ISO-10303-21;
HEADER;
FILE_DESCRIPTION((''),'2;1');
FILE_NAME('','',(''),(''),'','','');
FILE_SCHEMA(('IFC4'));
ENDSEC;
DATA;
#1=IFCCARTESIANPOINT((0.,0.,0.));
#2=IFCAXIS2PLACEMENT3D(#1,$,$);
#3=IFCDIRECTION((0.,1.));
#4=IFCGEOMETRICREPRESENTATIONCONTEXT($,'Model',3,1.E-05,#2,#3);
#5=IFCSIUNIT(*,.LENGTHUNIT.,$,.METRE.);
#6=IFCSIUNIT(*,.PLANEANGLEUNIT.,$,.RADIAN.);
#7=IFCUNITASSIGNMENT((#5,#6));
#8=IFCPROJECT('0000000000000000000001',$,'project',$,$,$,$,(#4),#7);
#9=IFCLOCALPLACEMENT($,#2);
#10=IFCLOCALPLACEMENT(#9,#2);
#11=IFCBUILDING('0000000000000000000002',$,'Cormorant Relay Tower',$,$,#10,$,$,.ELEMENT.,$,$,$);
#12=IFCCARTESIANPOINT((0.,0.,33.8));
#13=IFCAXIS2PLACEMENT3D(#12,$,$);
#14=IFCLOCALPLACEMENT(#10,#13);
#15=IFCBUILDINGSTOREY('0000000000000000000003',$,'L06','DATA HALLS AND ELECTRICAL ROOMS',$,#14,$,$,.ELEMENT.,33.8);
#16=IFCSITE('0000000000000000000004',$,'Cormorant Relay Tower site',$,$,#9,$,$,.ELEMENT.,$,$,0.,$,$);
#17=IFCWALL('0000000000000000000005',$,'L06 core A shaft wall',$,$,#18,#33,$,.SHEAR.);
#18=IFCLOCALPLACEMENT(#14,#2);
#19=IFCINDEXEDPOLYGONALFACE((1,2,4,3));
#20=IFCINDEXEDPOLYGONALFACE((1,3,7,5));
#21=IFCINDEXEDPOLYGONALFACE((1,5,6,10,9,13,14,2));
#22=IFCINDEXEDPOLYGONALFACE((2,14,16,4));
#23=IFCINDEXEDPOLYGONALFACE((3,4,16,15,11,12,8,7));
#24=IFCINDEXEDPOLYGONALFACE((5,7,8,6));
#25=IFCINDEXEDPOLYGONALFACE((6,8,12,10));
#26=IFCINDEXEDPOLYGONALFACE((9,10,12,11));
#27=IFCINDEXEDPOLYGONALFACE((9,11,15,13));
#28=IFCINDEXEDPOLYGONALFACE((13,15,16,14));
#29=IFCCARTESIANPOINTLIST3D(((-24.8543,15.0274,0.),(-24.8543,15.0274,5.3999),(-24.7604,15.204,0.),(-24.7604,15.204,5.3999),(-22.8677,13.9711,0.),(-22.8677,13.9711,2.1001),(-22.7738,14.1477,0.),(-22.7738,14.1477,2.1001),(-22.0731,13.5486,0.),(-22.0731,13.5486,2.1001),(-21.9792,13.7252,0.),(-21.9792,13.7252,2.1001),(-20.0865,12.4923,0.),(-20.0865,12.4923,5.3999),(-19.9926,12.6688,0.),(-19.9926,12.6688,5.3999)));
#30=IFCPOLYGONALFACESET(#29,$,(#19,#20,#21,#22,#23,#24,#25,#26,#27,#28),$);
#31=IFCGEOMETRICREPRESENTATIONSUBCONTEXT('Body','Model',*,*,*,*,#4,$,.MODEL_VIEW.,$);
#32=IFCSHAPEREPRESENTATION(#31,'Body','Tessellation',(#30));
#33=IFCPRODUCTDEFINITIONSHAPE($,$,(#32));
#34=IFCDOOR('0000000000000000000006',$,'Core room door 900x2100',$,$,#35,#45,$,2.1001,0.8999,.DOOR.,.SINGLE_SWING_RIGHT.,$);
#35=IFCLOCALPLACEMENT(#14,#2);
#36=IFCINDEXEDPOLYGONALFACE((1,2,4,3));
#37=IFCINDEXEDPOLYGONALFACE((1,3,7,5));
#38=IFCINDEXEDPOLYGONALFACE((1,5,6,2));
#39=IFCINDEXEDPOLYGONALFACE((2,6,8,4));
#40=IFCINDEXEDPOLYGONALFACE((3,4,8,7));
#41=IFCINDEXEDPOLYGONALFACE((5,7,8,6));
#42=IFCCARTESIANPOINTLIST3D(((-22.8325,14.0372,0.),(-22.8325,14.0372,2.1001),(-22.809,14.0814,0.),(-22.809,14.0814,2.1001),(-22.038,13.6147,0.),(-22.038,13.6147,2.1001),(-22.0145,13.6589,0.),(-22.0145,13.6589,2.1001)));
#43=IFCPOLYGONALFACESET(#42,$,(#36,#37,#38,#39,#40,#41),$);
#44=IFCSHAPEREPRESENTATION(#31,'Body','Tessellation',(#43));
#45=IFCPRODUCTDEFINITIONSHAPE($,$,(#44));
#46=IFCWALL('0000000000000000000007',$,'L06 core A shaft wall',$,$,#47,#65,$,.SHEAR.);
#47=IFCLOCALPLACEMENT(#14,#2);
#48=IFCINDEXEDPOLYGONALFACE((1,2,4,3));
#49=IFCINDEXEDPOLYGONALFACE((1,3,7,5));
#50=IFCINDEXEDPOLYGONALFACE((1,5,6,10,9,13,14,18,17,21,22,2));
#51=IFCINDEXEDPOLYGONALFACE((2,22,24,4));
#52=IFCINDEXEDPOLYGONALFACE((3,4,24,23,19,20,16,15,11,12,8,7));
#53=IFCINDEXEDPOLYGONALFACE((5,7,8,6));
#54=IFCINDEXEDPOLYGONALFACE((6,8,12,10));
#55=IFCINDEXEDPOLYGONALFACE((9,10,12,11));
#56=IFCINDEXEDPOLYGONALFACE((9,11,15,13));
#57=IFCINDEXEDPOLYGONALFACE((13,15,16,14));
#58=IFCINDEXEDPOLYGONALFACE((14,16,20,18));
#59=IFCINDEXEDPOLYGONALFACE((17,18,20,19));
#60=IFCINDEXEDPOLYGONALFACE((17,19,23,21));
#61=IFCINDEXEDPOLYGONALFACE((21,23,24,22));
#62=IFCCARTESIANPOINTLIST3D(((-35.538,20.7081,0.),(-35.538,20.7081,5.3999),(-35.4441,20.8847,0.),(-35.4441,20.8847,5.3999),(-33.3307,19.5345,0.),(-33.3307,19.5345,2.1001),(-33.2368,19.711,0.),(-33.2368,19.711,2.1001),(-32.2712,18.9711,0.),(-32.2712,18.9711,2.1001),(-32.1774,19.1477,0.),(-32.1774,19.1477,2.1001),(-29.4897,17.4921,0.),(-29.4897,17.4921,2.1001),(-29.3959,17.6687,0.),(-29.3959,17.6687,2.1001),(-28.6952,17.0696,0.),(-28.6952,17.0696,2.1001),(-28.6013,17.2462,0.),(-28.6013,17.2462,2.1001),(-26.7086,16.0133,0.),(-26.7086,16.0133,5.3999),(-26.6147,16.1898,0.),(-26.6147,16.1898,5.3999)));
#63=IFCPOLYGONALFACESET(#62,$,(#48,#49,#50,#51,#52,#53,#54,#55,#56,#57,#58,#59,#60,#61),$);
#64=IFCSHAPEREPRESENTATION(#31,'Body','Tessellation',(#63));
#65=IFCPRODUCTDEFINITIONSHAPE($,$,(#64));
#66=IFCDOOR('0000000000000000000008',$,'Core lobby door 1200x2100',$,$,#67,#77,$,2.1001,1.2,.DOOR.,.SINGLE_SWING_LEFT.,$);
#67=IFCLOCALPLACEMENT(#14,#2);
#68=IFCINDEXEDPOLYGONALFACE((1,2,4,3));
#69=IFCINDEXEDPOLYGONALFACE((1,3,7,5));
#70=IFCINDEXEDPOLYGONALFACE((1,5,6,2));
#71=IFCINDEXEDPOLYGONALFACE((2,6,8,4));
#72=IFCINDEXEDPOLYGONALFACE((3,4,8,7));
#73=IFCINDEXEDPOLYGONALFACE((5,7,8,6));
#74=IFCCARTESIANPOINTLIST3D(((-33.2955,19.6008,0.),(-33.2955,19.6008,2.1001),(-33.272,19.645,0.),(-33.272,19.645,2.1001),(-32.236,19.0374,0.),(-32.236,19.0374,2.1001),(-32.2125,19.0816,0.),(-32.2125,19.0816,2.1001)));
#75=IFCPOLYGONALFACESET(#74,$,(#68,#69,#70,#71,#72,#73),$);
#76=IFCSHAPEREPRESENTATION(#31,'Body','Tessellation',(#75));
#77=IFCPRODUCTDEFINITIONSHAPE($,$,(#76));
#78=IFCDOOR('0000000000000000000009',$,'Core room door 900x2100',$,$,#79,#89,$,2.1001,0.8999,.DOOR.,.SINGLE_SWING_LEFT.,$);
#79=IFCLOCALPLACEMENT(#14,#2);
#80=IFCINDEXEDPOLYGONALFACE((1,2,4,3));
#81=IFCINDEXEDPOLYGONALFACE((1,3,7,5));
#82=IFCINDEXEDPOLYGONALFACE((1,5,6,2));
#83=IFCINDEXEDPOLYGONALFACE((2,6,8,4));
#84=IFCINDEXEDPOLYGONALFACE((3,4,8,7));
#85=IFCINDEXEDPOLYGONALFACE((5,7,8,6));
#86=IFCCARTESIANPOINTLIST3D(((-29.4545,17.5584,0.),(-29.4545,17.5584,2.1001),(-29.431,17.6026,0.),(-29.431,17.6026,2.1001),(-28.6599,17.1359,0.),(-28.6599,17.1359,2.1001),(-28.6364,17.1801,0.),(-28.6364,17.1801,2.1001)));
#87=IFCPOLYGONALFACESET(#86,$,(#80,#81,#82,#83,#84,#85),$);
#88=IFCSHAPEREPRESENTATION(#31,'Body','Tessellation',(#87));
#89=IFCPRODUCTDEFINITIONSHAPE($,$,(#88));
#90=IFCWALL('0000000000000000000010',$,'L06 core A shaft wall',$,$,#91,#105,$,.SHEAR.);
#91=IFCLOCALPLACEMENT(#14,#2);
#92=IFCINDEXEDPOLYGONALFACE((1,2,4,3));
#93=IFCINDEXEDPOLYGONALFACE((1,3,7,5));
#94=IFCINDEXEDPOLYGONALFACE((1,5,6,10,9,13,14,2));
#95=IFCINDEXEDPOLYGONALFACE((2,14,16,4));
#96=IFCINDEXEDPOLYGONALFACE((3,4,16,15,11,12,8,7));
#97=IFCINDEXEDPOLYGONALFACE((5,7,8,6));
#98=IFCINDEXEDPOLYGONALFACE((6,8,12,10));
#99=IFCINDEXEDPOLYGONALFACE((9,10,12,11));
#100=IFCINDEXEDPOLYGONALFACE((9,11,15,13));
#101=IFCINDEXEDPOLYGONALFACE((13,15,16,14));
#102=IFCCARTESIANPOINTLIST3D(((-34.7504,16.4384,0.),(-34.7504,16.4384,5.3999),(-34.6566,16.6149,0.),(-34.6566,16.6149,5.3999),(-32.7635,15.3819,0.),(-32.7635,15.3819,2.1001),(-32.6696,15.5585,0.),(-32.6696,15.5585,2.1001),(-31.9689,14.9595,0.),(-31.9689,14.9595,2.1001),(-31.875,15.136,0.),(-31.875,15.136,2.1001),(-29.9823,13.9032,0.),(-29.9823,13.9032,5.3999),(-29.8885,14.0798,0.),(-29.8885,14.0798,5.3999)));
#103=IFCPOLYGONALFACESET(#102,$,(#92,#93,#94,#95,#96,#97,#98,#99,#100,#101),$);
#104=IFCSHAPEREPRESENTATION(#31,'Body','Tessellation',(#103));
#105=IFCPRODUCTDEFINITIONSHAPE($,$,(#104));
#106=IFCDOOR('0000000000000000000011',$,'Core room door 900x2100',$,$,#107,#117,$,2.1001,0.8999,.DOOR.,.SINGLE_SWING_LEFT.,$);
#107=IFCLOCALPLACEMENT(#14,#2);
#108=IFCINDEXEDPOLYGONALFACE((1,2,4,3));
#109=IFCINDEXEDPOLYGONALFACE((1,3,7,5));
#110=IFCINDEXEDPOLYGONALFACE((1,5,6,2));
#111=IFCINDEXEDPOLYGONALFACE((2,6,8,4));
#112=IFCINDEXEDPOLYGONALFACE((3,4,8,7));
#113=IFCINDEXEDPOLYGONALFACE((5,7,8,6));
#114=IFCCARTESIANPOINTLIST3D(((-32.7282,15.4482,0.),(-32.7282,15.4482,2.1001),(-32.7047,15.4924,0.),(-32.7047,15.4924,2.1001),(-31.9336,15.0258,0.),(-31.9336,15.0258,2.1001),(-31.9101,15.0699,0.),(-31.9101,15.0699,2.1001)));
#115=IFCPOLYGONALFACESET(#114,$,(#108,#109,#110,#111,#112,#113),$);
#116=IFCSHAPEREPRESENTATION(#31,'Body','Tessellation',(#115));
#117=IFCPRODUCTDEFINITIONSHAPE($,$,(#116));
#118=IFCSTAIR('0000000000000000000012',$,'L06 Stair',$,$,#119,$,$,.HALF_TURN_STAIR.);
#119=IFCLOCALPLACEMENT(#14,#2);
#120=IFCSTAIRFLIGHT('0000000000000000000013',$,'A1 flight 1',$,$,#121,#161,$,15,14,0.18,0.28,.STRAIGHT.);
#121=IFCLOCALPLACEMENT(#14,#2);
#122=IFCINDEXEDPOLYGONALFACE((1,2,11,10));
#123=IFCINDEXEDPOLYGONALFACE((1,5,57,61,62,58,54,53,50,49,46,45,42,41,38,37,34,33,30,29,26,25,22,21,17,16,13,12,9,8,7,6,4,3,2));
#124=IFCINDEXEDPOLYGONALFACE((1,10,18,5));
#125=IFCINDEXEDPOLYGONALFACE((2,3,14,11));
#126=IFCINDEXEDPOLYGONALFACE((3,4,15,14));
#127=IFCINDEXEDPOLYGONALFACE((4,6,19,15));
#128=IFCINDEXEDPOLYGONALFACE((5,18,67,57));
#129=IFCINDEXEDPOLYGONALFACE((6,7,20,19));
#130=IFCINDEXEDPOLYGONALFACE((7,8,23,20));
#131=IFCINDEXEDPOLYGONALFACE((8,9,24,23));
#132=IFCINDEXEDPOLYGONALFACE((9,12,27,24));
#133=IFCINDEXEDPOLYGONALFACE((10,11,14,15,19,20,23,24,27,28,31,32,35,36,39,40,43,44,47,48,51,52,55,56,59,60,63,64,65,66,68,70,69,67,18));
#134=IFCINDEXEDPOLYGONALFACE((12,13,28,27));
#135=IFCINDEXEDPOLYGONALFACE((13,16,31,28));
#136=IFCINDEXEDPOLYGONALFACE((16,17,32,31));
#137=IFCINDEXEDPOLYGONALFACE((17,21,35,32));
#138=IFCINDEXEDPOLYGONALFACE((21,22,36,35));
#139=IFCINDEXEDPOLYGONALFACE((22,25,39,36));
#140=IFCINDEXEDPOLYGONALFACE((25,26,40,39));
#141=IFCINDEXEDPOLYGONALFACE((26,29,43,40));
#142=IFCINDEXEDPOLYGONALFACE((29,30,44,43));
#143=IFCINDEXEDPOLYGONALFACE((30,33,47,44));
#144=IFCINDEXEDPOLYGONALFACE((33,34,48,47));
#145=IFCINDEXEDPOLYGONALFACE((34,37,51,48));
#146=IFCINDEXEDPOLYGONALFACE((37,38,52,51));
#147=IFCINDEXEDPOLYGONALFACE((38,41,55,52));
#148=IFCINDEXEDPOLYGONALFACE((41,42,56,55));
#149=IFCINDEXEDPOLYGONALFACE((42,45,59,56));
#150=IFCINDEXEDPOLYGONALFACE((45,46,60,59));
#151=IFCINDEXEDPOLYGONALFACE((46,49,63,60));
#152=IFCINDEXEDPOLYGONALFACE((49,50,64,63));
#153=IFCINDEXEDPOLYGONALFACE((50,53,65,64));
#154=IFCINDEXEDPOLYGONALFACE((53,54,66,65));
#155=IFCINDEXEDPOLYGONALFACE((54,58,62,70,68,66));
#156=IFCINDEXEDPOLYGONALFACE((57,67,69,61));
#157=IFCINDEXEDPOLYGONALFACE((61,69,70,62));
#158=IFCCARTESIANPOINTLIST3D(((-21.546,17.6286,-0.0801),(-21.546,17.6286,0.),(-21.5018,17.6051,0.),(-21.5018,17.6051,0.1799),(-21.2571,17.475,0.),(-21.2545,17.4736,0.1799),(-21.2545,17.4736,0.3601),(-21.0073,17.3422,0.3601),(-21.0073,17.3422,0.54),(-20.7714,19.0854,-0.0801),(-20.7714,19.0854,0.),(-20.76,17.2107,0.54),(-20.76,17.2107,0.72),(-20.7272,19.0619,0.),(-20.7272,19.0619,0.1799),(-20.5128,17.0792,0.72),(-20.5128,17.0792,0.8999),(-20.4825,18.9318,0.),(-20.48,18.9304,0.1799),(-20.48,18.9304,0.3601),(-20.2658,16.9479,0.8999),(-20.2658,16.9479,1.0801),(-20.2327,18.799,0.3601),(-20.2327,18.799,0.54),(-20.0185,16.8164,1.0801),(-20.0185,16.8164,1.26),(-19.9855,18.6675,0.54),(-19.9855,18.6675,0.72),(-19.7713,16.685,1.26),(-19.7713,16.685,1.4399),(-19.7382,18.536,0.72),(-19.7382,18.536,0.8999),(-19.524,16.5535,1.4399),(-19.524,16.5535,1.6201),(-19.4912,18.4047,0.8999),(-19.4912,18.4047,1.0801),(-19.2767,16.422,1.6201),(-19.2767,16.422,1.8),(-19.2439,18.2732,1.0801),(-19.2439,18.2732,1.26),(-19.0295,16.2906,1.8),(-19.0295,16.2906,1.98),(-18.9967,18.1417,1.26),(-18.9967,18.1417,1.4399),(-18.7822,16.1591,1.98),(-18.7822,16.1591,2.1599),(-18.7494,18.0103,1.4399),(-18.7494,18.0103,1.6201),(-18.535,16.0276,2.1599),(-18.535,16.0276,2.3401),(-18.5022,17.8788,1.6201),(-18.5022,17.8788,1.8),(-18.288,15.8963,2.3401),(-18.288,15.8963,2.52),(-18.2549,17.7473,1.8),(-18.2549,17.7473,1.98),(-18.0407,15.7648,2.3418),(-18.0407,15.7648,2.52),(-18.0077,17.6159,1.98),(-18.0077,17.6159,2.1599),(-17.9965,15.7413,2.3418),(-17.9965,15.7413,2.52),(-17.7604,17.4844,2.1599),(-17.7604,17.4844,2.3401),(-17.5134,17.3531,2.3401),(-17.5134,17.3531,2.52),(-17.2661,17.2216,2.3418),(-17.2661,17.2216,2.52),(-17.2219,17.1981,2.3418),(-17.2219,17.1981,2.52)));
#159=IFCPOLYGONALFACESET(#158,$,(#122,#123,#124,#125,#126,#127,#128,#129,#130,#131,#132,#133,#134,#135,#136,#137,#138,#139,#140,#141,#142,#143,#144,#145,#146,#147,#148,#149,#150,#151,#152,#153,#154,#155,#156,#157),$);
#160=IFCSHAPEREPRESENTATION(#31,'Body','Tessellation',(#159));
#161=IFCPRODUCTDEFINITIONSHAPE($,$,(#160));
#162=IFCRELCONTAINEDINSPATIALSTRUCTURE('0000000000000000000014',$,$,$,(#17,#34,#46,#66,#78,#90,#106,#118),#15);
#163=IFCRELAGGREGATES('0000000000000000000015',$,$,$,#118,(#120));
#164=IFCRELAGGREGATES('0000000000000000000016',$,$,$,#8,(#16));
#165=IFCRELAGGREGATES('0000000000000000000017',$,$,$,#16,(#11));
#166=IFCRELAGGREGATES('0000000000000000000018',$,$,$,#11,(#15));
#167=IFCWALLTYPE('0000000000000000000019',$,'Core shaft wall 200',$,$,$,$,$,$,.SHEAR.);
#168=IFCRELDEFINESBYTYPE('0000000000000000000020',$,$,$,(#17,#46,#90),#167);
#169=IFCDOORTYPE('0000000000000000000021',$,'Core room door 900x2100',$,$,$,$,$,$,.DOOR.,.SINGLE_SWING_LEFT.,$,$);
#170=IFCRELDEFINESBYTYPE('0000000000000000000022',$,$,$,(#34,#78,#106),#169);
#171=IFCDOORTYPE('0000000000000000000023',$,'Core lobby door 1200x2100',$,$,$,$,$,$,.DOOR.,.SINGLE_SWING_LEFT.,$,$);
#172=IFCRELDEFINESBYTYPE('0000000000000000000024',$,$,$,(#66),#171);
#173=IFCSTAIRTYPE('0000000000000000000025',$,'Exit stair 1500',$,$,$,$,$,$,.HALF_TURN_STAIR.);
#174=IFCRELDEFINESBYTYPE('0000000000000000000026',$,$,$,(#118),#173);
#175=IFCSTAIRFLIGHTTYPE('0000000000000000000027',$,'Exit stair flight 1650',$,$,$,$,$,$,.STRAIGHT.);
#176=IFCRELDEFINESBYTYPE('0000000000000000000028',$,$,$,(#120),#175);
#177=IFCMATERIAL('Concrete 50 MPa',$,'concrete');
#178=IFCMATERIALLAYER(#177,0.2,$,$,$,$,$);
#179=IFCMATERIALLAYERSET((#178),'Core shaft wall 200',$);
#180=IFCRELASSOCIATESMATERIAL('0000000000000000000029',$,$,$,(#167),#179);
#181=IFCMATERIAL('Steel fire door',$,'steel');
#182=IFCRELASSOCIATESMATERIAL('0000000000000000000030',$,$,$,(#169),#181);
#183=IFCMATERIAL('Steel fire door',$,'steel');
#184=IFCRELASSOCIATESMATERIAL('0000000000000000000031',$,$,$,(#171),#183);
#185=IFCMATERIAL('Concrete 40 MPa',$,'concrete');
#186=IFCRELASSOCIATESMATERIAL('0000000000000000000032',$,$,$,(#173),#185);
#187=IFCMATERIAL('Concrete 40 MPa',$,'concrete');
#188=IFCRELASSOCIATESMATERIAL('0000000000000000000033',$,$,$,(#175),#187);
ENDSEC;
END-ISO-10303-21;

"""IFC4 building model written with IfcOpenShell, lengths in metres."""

from ifc_helpers import new_model, si_unit, direction, frame, frame_2d, origin, place, context, subcontext, project, spatial, polyline, rectangle, outline, extrude, material, layer, layer_set, type_object, element, fill, aggregate, save


model = new_model("IFC4")

# Units and contexts
model_context = context("Model", 3, precision=1e-05, world=origin(), true_north=direction((0.0, 1.0)))
body_context = subcontext(model_context, "Body", "Model", "MODEL_VIEW")
ifc_project = project(units=[si_unit("LENGTHUNIT", "METRE"), si_unit("PLANEANGLEUNIT", "RADIAN")], contexts=[model_context])

# Site, building, storey
site_placement = place(None, origin())
site = spatial("IfcSite", under=ifc_project, at=site_placement, Name="Cormorant Relay Tower site", CompositionType="ELEMENT", RefElevation=0.0)
building_placement = place(site_placement, origin())
building = spatial("IfcBuilding", under=site, at=building_placement, Name="Cormorant Relay Tower", CompositionType="ELEMENT")
storey_placement = place(building_placement, frame((0.0, 0.0, 33.8)))
storey = spatial("IfcBuildingStorey", under=building, at=storey_placement, Name="L06", Description="DATA HALLS AND ELECTRICAL ROOMS", CompositionType="ELEMENT", Elevation=33.8)

# Shared definitions
ifc_material_1 = material(Name="Concrete 50 MPa", Category="concrete")
ifc_layer_1 = layer(ifc_material_1, 0.2)
ifc_layer_set_1 = layer_set([ifc_layer_1], Name="Core shaft wall 200")
wall_type_1 = type_object("IfcWallType", Name="Core shaft wall 200", PredefinedType="SHEAR", material=ifc_layer_set_1)

# Shared definitions
ifc_material_2 = material(Name="Steel fire door", Category="steel")
door_type_1 = type_object("IfcDoorType", Name="Core room door 900x2100", OperationType="SINGLE_SWING_LEFT", PredefinedType="DOOR", material=ifc_material_2)

# Wall, opening, door
wall_1_placement = place(storey_placement, frame((-20.0396, 12.5806, 0.0), z_axis=(0.0, 0.0, 1.0), x_axis=(-0.882943, 0.46948, 0.0)))
wall_1 = element("IfcWall", 1, at=wall_1_placement, inside=storey, type_object=wall_type_1, Name="L06 core A shaft wall", PredefinedType="SHEAR", context=body_context, shape_type="SweptSolid", body=[
    extrude(rectangle(XDim=5.3999, YDim=0.2, at=frame_2d((2.7, 0.0))), origin(), (0.0, 0.0, 1.0), 5.3999),
])
opening_1_placement = place(wall_1_placement, frame((2.25, 0.0, 0.0)))
opening_1 = element("IfcOpeningElement", 2, at=opening_1_placement, cuts=wall_1, PredefinedType="OPENING", context=body_context, shape_type="SweptSolid", body=[
    extrude(rectangle(XDim=0.8999, YDim=2.1001, at=frame_2d((0.45, 1.05))), frame((0.0, 0.1099, 0.0), z_axis=(0.0, -1.0, 0.0), x_axis=(1.0, 0.0, 0.0)), (0.0, 0.0, 1.0), 0.22),
])
door_1_placement = place(opening_1_placement, frame((0.8999, 0.0, 0.0), z_axis=(0.0, 0.0, 1.0), x_axis=(-1.0, 0.0, 0.0)))
door_1 = element("IfcDoor", 3, at=door_1_placement, inside=storey, type_object=door_type_1, Name="Core room door 900x2100", OperationType="SINGLE_SWING_RIGHT", OverallHeight=2.1001, OverallWidth=0.8999, PredefinedType="DOOR", context=body_context, shape_type="SweptSolid", body=[
    extrude(rectangle(XDim=0.8999, YDim=2.1001, at=frame_2d((0.45, 1.05))), frame((0.0, 0.0249, 0.0), z_axis=(0.0, -1.0, 0.0), x_axis=(1.0, 0.0, 0.0)), (0.0, 0.0, 1.0), 0.05),
])
fill(opening_1, door_1)

# Wall, openings, doors
wall_2_placement = place(storey_placement, frame((-26.6616, 16.1016, 0.0), z_axis=(0.0, 0.0, 1.0), x_axis=(-0.88294, 0.469485, 0.0)))
wall_2 = element("IfcWall", 4, at=wall_2_placement, inside=storey, type_object=wall_type_1, Name="L06 core A shaft wall", PredefinedType="SHEAR", context=body_context, shape_type="SweptSolid", body=[
    extrude(rectangle(XDim=10.0, YDim=0.2, at=frame_2d((5.0, 0.0))), origin(), (0.0, 0.0, 1.0), 5.3999),
])
opening_2_placement = place(wall_2_placement, frame((6.3, 0.0, 0.0)))
opening_2 = element("IfcOpeningElement", 5, at=opening_2_placement, cuts=wall_2, PredefinedType="OPENING", context=body_context, shape_type="SweptSolid", body=[
    extrude(rectangle(XDim=1.2, YDim=2.1001, at=frame_2d((0.6001, 1.05))), frame((0.0, 0.1099, 0.0), z_axis=(0.0, -1.0, 0.0), x_axis=(1.0, 0.0, 0.0)), (0.0, 0.0, 1.0), 0.22),
])
opening_3_placement = place(wall_2_placement, frame((2.25, 0.0, 0.0)))
opening_3 = element("IfcOpeningElement", 6, at=opening_3_placement, cuts=wall_2, PredefinedType="OPENING", context=body_context, shape_type="SweptSolid", body=[
    extrude(rectangle(XDim=0.8999, YDim=2.1001, at=frame_2d((0.45, 1.05))), frame((0.0, 0.1099, 0.0), z_axis=(0.0, -1.0, 0.0), x_axis=(1.0, 0.0, 0.0)), (0.0, 0.0, 1.0), 0.22),
])
ifc_material_3 = material(Name="Steel fire door", Category="steel")
door_type_2 = type_object("IfcDoorType", Name="Core lobby door 1200x2100", OperationType="SINGLE_SWING_LEFT", PredefinedType="DOOR", material=ifc_material_3)
door_2_placement = place(opening_2_placement, origin())
door_2 = element("IfcDoor", 7, at=door_2_placement, inside=storey, type_object=door_type_2, Name="Core lobby door 1200x2100", OperationType="SINGLE_SWING_LEFT", OverallHeight=2.1001, OverallWidth=1.2, PredefinedType="DOOR", context=body_context, shape_type="SweptSolid", body=[
    extrude(rectangle(XDim=1.2, YDim=2.1001, at=frame_2d((0.6001, 1.05))), frame((0.0, 0.0249, 0.0), z_axis=(0.0, -1.0, 0.0), x_axis=(1.0, 0.0, 0.0)), (0.0, 0.0, 1.0), 0.05),
])
fill(opening_2, door_2)
door_3_placement = place(opening_3_placement, origin())
door_3 = element("IfcDoor", 8, at=door_3_placement, inside=storey, type_object=door_type_1, Name="Core room door 900x2100", OperationType="SINGLE_SWING_LEFT", OverallHeight=2.1001, OverallWidth=0.8999, PredefinedType="DOOR", context=body_context, shape_type="SweptSolid", body=[
    extrude(rectangle(XDim=0.8999, YDim=2.1001, at=frame_2d((0.45, 1.05))), frame((0.0, 0.0249, 0.0), z_axis=(0.0, -1.0, 0.0), x_axis=(1.0, 0.0, 0.0)), (0.0, 0.0, 1.0), 0.05),
])
fill(opening_3, door_3)

# Wall, opening, door
wall_3_placement = place(storey_placement, frame((-29.9353, 13.9915, 0.0), z_axis=(0.0, 0.0, 1.0), x_axis=(-0.882953, 0.469462, 0.0)))
wall_3 = element("IfcWall", 9, at=wall_3_placement, inside=storey, type_object=wall_type_1, Name="L06 core A shaft wall", PredefinedType="SHEAR", context=body_context, shape_type="SweptSolid", body=[
    extrude(rectangle(XDim=5.4001, YDim=0.2, at=frame_2d((2.7002, 0.0))), origin(), (0.0, 0.0, 1.0), 5.3999),
])
opening_4_placement = place(wall_3_placement, frame((2.25, 0.0, 0.0)))
opening_4 = element("IfcOpeningElement", 10, at=opening_4_placement, cuts=wall_3, PredefinedType="OPENING", context=body_context, shape_type="SweptSolid", body=[
    extrude(rectangle(XDim=0.8999, YDim=2.1001, at=frame_2d((0.45, 1.05))), frame((0.0, 0.1099, 0.0), z_axis=(0.0, -1.0, 0.0), x_axis=(1.0, 0.0, 0.0)), (0.0, 0.0, 1.0), 0.22),
])
door_4_placement = place(opening_4_placement, origin())
door_4 = element("IfcDoor", 11, at=door_4_placement, inside=storey, type_object=door_type_1, Name="Core room door 900x2100", OperationType="SINGLE_SWING_LEFT", OverallHeight=2.1001, OverallWidth=0.8999, PredefinedType="DOOR", context=body_context, shape_type="SweptSolid", body=[
    extrude(rectangle(XDim=0.8999, YDim=2.1001, at=frame_2d((0.45, 1.05))), frame((0.0, 0.0249, 0.0), z_axis=(0.0, -1.0, 0.0), x_axis=(1.0, 0.0, 0.0)), (0.0, 0.0, 1.0), 0.05),
])
fill(opening_4, door_4)

# Stair, stair flight
ifc_material_4 = material(Name="Concrete 40 MPa", Category="concrete")
stair_type = type_object("IfcStairType", Name="Exit stair 1500", PredefinedType="HALF_TURN_STAIR", material=ifc_material_4)
stair_placement = place(storey_placement, origin())
stair = element("IfcStair", 12, at=stair_placement, inside=storey, type_object=stair_type, Name="L06 Stair", PredefinedType="HALF_TURN_STAIR")
ifc_material_5 = material(Name="Concrete 40 MPa", Category="concrete")
stair_flight_type = type_object("IfcStairFlightType", Name="Exit stair flight 1650", PredefinedType="STRAIGHT", material=ifc_material_5)
stair_flight_placement = place(storey_placement, frame((-21.1145, 18.3335, 0.0), z_axis=(0.0, 0.0, 1.0), x_axis=(0.882948, -0.469472, 0.0)))
stair_flight = element("IfcStairFlight", 13, at=stair_flight_placement, type_object=stair_flight_type, Name="A1 flight 1", NumberOfRisers=15, NumberOfTreads=14, PredefinedType="STRAIGHT", RiserHeight=0.18, TreadLength=0.28, context=body_context, shape_type="SweptSolid", body=[
    extrude(outline(polyline([(-0.05, -0.0801), (-0.05, 0.0), (0.0, 0.0), (0.0, 0.1799), (0.28, 0.1799), (0.28, 0.3601), (0.5601, 0.3601), (0.5601, 0.54), (0.8401, 0.54), (0.8401, 0.72), (1.1201, 0.72), (1.1201, 0.8999), (1.3999, 0.8999), (1.3999, 1.0801), (1.6799, 1.0801), (1.6799, 1.26), (1.96, 1.26), (1.96, 1.4399), (2.24, 1.4399), (2.24, 1.6201), (2.52, 1.6201), (2.52, 1.8), (2.8, 1.8), (2.8, 1.98), (3.0801, 1.98), (3.0801, 2.1599), (3.3601, 2.1599), (3.3601, 2.3401), (3.6399, 2.3401), (3.6399, 2.52), (3.9199, 2.52), (3.97, 2.52), (3.97, 2.3418), (3.9199, 2.3418), (0.2771, 0.0), (-0.05, -0.0801)])), frame((0.0, 0.825, 0.0), z_axis=(0.0, -1.0, 0.0), x_axis=(1.0, 0.0, 0.0)), (0.0, 0.0, 1.0), 1.6499),
])
aggregate(stair, [stair_flight])

save(model, "model.ifc")
